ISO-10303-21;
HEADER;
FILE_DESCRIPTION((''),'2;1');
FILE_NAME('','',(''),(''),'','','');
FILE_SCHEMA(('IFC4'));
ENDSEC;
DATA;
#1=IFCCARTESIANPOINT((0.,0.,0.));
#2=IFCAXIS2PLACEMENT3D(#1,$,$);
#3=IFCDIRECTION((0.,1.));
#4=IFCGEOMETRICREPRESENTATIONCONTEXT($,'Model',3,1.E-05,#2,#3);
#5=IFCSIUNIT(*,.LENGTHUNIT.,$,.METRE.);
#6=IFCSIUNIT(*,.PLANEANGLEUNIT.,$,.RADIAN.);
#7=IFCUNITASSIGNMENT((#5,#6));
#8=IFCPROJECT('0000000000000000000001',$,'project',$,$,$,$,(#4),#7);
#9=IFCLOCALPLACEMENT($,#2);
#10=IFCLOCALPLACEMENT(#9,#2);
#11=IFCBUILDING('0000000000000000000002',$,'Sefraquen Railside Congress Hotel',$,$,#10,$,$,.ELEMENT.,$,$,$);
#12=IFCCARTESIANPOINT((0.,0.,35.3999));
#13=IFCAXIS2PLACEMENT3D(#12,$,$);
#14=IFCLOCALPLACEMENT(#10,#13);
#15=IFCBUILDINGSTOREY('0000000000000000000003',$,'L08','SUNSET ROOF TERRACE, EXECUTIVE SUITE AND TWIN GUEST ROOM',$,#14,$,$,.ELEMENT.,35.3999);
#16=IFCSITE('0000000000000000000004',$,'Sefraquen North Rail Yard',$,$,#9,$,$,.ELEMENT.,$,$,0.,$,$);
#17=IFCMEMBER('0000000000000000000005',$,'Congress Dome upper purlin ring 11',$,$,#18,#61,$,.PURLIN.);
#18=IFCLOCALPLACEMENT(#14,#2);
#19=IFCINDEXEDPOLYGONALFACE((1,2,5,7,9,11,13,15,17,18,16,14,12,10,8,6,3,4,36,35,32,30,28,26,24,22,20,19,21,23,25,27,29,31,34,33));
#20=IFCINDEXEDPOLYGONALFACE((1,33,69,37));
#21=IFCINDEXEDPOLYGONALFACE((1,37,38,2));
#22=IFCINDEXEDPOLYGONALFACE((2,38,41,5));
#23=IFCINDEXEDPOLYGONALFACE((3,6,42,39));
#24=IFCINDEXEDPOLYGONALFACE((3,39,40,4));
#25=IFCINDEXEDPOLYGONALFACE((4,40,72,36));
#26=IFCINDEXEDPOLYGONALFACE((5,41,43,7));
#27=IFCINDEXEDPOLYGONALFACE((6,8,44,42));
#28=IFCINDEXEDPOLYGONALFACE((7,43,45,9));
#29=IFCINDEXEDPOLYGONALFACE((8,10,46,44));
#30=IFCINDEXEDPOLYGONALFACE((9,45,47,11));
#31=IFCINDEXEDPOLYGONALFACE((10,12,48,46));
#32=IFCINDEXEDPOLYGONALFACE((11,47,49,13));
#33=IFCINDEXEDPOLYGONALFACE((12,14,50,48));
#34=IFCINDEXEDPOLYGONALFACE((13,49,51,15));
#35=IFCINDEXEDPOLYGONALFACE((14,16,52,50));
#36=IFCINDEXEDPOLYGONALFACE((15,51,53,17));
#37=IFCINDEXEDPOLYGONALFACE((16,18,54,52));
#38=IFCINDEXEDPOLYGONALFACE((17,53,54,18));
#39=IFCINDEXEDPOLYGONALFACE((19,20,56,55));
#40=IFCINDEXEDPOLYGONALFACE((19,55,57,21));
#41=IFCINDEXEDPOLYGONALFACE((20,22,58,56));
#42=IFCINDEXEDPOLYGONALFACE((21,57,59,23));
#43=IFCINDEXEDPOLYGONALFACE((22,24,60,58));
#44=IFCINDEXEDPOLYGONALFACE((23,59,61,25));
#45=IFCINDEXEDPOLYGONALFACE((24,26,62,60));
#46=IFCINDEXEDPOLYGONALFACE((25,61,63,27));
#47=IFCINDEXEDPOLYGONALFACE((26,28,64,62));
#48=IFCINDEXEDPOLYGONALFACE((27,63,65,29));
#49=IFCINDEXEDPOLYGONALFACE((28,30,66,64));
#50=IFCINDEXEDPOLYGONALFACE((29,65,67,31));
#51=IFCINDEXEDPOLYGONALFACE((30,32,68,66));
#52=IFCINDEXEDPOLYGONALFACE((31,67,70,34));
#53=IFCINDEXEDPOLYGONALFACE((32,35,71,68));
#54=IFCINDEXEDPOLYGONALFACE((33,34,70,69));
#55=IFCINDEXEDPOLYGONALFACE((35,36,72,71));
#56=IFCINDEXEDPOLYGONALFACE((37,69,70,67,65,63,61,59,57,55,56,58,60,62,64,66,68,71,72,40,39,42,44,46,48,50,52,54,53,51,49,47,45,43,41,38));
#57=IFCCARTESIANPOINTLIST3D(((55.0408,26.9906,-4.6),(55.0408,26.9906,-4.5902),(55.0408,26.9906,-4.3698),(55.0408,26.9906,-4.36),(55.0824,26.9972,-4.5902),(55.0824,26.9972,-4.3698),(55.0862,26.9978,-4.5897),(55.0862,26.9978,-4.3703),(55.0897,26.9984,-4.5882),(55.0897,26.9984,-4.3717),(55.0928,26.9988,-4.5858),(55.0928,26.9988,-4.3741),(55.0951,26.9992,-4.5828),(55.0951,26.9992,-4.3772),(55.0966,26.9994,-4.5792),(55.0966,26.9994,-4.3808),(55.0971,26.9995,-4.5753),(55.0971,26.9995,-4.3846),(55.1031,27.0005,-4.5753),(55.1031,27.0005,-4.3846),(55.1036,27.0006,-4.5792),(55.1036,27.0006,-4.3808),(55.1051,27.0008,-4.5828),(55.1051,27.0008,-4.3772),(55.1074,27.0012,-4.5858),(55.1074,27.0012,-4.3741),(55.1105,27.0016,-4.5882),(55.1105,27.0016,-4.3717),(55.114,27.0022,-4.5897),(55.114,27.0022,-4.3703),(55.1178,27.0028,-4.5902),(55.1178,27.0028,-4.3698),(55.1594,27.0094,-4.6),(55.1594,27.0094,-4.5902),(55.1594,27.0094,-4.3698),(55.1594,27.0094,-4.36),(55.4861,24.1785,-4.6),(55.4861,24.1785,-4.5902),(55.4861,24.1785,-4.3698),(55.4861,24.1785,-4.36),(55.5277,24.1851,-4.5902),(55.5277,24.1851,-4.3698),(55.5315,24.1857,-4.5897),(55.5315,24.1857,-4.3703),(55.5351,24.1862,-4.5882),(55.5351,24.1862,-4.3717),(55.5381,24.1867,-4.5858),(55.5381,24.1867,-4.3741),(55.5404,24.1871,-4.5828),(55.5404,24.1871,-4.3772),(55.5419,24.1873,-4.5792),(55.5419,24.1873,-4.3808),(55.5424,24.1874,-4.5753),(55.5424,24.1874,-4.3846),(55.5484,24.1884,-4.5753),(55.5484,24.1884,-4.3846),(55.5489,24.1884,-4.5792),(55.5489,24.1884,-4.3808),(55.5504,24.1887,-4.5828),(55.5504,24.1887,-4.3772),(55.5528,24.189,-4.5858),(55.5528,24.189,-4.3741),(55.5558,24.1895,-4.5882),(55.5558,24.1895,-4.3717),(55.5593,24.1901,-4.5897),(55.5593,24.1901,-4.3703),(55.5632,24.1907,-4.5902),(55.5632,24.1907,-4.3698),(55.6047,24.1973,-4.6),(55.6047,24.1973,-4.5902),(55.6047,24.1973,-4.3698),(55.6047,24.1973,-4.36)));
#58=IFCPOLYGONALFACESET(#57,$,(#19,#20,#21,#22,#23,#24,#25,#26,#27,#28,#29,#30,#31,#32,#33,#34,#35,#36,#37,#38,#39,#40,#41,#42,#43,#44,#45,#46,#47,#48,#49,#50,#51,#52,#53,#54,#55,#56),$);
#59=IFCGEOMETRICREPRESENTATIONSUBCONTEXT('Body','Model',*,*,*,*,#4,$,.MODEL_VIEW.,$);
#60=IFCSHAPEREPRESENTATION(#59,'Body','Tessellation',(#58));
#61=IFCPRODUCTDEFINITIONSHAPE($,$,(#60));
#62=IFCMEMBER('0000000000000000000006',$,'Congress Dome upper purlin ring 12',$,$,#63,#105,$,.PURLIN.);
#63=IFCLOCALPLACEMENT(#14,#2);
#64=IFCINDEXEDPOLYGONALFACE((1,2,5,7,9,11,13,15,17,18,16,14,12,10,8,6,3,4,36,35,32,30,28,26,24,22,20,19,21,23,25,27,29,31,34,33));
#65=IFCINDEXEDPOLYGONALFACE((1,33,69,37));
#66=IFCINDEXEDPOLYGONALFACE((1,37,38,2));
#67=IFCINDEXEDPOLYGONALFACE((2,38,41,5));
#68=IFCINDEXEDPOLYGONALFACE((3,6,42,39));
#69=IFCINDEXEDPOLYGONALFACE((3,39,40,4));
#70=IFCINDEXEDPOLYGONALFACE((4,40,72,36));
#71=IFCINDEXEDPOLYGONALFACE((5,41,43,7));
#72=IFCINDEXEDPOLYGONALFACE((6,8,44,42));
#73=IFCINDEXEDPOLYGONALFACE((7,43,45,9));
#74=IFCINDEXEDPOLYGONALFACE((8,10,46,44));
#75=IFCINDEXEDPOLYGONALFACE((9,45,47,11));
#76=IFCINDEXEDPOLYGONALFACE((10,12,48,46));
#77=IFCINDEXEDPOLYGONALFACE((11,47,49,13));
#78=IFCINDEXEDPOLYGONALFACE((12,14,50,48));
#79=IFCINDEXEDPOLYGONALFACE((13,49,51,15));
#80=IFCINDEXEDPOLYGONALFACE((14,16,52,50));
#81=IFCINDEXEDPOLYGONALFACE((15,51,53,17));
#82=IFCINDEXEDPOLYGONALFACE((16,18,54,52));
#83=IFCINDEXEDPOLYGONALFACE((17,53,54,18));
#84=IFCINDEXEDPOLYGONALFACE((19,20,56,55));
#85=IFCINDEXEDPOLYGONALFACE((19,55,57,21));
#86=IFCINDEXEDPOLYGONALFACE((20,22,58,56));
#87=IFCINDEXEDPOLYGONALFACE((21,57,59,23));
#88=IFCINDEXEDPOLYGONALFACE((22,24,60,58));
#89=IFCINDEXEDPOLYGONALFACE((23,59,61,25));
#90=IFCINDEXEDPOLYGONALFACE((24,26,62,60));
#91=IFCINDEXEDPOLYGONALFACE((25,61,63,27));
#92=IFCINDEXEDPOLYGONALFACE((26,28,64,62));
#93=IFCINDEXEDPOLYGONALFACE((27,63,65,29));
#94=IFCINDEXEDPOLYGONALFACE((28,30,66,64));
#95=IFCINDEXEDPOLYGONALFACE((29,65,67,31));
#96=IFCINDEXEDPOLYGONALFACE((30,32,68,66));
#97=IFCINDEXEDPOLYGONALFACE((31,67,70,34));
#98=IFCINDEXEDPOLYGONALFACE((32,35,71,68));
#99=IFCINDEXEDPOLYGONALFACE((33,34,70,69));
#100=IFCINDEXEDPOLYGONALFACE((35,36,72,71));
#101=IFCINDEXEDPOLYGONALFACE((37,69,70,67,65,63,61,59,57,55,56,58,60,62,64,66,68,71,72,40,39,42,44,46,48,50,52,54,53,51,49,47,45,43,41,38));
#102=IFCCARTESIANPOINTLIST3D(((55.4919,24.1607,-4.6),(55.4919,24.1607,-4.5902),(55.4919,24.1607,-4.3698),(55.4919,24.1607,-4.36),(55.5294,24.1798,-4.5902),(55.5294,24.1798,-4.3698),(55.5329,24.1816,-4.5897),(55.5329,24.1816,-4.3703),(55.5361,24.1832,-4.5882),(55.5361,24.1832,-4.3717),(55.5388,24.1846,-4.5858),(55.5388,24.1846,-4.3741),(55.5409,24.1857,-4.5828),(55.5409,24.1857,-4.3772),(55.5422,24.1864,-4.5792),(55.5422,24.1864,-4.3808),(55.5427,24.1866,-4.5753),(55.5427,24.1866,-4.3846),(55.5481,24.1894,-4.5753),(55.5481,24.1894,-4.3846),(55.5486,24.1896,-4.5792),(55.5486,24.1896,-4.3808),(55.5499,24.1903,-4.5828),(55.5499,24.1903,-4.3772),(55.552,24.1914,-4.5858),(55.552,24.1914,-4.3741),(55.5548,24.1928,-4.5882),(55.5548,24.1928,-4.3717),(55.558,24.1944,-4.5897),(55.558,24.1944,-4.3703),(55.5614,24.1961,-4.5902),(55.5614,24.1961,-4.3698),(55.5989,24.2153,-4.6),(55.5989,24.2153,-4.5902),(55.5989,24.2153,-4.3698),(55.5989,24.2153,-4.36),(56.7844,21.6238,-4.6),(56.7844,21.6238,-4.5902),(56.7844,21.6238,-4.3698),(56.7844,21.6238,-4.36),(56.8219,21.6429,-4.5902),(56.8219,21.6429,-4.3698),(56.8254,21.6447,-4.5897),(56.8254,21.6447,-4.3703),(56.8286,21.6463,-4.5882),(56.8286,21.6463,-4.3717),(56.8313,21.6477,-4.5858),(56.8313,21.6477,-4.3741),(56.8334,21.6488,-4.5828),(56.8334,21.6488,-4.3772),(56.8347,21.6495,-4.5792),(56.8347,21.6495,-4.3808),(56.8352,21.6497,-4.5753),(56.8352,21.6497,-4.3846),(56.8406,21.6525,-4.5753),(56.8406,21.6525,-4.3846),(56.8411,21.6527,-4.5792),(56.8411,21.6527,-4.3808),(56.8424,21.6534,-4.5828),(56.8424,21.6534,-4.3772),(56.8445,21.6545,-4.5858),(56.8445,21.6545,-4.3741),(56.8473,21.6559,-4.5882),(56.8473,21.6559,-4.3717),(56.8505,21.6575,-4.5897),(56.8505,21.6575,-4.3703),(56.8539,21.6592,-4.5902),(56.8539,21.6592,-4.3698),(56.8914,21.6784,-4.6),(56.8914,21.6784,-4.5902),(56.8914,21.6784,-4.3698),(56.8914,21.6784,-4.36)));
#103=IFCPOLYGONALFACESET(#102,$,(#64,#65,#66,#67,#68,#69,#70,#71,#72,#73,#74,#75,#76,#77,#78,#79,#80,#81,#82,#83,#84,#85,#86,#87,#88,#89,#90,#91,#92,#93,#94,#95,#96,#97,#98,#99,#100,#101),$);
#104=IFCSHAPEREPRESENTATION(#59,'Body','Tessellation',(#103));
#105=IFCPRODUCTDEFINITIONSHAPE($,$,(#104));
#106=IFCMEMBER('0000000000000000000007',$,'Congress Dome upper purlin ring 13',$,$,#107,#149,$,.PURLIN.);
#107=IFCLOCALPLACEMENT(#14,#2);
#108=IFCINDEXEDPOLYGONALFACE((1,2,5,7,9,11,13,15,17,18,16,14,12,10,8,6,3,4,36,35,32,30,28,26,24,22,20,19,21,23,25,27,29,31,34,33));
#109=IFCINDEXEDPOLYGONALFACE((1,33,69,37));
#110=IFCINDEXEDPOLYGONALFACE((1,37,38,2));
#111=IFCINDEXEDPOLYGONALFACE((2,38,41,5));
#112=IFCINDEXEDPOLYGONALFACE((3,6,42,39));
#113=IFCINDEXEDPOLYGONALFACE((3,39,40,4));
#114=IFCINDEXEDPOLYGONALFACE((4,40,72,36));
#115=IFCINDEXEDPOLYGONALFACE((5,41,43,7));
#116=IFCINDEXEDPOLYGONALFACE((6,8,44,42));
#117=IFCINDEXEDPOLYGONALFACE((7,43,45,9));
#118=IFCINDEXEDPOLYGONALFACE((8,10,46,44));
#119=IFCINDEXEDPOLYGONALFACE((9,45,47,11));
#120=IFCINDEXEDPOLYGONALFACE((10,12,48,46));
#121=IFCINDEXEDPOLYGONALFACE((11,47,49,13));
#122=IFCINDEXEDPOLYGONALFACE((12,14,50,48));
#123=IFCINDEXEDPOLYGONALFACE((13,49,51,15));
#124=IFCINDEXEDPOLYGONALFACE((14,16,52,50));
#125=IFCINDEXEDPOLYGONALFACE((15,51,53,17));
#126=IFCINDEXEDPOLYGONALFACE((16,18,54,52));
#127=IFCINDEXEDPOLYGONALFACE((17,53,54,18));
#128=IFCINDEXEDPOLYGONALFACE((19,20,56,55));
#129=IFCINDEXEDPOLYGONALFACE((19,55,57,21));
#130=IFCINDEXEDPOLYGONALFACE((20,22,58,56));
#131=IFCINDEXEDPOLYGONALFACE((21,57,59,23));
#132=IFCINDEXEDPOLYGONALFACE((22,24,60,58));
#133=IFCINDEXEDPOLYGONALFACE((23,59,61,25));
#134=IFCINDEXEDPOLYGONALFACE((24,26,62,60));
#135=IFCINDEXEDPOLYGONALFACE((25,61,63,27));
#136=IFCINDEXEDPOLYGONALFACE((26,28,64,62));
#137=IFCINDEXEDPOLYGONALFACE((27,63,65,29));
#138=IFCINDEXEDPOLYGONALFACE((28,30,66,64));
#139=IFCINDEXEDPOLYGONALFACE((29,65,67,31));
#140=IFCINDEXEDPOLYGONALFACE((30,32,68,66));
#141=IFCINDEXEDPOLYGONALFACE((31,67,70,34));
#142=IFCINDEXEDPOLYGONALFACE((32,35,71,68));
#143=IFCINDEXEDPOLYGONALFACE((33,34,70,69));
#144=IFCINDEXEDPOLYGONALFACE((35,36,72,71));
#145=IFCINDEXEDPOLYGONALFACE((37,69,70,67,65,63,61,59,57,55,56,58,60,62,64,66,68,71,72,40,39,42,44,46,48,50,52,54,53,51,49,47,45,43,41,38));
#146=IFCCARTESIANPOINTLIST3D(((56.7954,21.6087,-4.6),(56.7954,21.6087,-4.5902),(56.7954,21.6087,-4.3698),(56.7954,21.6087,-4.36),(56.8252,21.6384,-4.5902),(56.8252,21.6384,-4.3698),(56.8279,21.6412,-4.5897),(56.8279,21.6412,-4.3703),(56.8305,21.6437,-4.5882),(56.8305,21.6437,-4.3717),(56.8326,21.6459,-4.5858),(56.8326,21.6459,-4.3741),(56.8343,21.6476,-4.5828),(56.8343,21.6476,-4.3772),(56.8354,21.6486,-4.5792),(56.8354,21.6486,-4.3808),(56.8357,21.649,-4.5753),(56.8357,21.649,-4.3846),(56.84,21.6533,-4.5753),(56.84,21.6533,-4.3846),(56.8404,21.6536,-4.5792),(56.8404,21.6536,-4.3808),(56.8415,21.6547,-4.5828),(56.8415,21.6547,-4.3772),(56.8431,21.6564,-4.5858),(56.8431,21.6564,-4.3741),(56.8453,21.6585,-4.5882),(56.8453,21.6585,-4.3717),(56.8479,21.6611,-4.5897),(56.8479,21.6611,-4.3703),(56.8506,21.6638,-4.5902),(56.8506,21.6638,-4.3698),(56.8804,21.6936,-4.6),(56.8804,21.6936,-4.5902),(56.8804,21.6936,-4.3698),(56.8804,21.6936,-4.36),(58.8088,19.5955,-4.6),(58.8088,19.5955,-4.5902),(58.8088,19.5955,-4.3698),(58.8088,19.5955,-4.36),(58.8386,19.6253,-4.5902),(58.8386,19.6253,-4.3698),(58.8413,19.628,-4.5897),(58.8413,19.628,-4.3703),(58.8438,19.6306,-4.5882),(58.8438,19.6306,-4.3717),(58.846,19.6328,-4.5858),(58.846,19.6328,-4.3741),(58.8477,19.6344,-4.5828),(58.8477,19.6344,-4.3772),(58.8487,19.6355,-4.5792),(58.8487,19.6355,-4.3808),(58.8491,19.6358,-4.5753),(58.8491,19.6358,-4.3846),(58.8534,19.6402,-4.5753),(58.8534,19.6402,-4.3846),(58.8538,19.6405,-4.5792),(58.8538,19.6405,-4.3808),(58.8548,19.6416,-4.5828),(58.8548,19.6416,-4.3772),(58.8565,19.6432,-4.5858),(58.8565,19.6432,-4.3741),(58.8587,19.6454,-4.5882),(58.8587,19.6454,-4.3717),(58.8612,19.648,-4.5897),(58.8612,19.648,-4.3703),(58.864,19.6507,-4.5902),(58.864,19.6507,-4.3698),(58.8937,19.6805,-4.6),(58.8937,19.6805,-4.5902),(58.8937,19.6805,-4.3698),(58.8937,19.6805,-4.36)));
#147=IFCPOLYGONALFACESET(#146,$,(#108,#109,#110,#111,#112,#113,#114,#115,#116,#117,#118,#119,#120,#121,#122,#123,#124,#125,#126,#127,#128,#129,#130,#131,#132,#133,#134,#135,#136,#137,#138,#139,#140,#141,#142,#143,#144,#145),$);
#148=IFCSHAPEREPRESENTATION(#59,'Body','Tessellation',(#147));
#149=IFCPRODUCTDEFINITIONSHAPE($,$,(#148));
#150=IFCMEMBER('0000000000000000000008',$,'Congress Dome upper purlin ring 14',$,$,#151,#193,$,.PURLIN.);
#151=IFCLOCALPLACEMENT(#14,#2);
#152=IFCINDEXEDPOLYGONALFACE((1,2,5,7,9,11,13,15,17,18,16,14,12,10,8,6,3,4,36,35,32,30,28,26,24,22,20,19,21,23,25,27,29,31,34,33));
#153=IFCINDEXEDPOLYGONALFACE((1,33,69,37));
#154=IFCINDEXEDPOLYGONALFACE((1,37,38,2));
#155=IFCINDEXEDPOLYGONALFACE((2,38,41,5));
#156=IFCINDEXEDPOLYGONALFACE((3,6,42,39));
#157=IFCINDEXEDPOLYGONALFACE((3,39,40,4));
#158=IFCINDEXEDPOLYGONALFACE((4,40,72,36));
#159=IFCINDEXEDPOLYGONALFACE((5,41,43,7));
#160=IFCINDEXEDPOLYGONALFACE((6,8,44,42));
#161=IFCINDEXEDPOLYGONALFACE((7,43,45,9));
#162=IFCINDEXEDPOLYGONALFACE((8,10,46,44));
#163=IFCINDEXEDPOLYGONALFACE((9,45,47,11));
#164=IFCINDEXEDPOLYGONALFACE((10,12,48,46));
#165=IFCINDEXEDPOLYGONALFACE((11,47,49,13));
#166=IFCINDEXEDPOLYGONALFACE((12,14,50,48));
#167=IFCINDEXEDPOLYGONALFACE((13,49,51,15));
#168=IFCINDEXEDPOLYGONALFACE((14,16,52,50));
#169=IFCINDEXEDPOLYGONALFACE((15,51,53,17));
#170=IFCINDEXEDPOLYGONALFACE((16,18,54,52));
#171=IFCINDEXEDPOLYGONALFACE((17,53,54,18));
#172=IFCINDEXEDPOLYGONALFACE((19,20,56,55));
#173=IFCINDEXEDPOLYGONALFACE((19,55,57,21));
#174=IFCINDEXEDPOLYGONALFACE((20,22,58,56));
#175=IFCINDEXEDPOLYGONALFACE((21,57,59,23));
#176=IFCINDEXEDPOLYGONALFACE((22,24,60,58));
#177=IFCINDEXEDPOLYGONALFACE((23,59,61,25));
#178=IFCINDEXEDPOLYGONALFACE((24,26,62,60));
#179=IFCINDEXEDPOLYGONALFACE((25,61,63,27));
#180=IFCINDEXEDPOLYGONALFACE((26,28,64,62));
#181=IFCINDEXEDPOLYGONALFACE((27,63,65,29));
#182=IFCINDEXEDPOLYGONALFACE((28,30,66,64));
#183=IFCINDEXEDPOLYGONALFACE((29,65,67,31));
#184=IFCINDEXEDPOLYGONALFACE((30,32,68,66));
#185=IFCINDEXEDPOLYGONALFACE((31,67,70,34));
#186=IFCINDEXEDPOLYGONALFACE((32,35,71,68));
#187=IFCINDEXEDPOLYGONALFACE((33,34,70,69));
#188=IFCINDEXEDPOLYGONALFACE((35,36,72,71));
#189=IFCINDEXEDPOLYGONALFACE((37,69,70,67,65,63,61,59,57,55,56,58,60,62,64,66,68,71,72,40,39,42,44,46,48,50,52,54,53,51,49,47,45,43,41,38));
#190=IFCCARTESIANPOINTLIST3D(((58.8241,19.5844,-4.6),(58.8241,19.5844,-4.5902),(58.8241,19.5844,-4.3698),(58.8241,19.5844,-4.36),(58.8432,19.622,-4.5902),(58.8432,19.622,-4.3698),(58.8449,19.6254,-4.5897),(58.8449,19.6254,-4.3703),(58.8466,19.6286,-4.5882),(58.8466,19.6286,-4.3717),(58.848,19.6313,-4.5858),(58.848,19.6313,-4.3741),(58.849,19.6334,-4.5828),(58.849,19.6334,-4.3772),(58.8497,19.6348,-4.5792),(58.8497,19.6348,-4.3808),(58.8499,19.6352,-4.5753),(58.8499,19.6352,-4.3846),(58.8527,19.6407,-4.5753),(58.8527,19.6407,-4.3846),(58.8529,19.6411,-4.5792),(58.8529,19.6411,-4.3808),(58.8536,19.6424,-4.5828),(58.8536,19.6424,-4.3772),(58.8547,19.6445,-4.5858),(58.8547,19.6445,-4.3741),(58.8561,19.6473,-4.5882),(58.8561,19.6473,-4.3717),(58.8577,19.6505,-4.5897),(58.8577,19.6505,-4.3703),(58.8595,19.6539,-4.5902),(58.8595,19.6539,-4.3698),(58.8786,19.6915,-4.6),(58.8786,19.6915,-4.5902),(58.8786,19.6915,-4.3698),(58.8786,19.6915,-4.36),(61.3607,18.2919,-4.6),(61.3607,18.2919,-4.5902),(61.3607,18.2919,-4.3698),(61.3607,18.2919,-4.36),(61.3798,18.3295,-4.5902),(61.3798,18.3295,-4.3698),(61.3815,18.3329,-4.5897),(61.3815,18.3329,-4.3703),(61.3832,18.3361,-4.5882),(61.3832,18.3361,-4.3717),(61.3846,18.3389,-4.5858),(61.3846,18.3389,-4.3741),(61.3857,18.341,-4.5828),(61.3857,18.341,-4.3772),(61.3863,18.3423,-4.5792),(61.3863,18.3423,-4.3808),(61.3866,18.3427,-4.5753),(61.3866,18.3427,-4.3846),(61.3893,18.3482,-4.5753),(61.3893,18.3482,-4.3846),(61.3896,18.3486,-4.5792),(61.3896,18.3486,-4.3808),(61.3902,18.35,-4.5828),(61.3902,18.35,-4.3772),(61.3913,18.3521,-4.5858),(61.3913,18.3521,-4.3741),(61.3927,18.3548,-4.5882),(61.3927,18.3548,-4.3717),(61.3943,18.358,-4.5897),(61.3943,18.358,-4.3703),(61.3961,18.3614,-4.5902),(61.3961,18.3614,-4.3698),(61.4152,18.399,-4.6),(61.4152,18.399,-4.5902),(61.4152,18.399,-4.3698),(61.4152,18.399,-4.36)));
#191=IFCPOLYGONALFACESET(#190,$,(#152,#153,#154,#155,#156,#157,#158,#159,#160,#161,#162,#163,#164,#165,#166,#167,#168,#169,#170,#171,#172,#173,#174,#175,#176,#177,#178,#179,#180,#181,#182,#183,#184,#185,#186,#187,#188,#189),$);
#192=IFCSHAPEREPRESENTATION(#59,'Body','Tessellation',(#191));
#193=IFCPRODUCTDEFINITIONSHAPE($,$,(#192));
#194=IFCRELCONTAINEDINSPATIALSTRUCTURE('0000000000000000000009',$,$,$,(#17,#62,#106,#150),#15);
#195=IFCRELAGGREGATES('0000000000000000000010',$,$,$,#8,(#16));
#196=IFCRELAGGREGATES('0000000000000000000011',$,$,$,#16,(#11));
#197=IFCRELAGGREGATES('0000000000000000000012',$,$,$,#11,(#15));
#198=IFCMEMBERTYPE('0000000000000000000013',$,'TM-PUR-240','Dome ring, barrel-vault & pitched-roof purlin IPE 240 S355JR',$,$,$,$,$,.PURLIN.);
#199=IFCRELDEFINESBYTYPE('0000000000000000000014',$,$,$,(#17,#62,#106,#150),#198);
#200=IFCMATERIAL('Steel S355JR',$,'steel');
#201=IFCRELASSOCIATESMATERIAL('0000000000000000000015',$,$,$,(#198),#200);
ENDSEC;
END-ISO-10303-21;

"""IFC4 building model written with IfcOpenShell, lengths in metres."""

from ifc_helpers import new_model, si_unit, direction, frame, origin, origin_2d, place, context, subcontext, project, spatial, i_section, extrude, material, material_profile, profile_set, type_object, element, save


model = new_model("IFC4")

# Units and contexts
model_context = context("Model", 3, precision=1e-05, world=origin(), true_north=direction((0.0, 1.0)))
body_context = subcontext(model_context, "Body", "Model", "MODEL_VIEW")
ifc_project = project(units=[si_unit("LENGTHUNIT", "METRE"), si_unit("PLANEANGLEUNIT", "RADIAN")], contexts=[model_context])

# Site, building, storey
site_placement = place(None, origin())
site = spatial("IfcSite", under=ifc_project, at=site_placement, Name="Sefraquen North Rail Yard", CompositionType="ELEMENT", RefElevation=0.0)
building_placement = place(site_placement, origin())
building = spatial("IfcBuilding", under=site, at=building_placement, Name="Sefraquen Railside Congress Hotel", CompositionType="ELEMENT")
storey_placement = place(building_placement, frame((0.0, 0.0, 35.3999)))
storey = spatial("IfcBuildingStorey", under=building, at=storey_placement, Name="L08", Description="SUNSET ROOF TERRACE, EXECUTIVE SUITE AND TWIN GUEST ROOM", CompositionType="ELEMENT", Elevation=35.3999)

# Members
ifc_material_1 = material(Name="Steel S355JR", Category="steel")
ifc_material_profile = material_profile(ifc_material_1, i_section(OverallWidth=0.1201, OverallDepth=0.24, WebThickness=0.0061, FlangeThickness=0.0098, FilletRadius=0.0149, at=origin_2d()), Name="IPE 240")
ifc_profile_set = profile_set([ifc_material_profile], Name="Steel S355JR")
member_type = type_object("IfcMemberType", Name="TM-PUR-240", Description="Dome ring, barrel-vault & pitched-roof purlin IPE 240 S355JR", PredefinedType="PURLIN", material=ifc_profile_set)
for number, where, z_axis, x_axis, name in (
    (1, (55.1001, 27.0, -4.48), (0.156412, -0.987692, 0.0), (0.987692, 0.156412, 0.0), "Congress Dome upper purlin ring 11"),
    (2, (55.5454, 24.188, -4.48), (0.453958, -0.891023, 0.0), (0.891023, 0.453958, 0.0), "Congress Dome upper purlin ring 12"),
    (3, (56.8379, 21.6511, -4.48), (0.70715, -0.707064, 0.0), (0.707064, 0.70715, 0.0), "Congress Dome upper purlin ring 13"),
):
    element("IfcMember", number, at=place(storey_placement, frame(where, z_axis=z_axis, x_axis=x_axis)), inside=storey, type_object=member_type, Name=name, PredefinedType="PURLIN", context=body_context, shape_type="SweptSolid", body=[
        extrude(i_section(OverallWidth=0.1201, OverallDepth=0.24, WebThickness=0.0061, FlangeThickness=0.0098, FilletRadius=0.0149, at=origin_2d()), origin(), (0.0, 0.0, 1.0), 2.8472),
    ])
member_1_placement = place(storey_placement, frame((58.8513, 19.6379, -4.48), z_axis=(0.891005, -0.453993, 0.0), x_axis=(0.453993, 0.891005, 0.0)))
element("IfcMember", 4, at=member_1_placement, inside=storey, type_object=member_type, Name="Congress Dome upper purlin ring 14", PredefinedType="PURLIN", context=body_context, shape_type="SweptSolid", body=[
    extrude(i_section(OverallWidth=0.1201, OverallDepth=0.24, WebThickness=0.0061, FlangeThickness=0.0098, FilletRadius=0.0149, at=origin_2d()), origin(), (0.0, 0.0, 1.0), 2.8469),
])

save(model, "model.ifc")
